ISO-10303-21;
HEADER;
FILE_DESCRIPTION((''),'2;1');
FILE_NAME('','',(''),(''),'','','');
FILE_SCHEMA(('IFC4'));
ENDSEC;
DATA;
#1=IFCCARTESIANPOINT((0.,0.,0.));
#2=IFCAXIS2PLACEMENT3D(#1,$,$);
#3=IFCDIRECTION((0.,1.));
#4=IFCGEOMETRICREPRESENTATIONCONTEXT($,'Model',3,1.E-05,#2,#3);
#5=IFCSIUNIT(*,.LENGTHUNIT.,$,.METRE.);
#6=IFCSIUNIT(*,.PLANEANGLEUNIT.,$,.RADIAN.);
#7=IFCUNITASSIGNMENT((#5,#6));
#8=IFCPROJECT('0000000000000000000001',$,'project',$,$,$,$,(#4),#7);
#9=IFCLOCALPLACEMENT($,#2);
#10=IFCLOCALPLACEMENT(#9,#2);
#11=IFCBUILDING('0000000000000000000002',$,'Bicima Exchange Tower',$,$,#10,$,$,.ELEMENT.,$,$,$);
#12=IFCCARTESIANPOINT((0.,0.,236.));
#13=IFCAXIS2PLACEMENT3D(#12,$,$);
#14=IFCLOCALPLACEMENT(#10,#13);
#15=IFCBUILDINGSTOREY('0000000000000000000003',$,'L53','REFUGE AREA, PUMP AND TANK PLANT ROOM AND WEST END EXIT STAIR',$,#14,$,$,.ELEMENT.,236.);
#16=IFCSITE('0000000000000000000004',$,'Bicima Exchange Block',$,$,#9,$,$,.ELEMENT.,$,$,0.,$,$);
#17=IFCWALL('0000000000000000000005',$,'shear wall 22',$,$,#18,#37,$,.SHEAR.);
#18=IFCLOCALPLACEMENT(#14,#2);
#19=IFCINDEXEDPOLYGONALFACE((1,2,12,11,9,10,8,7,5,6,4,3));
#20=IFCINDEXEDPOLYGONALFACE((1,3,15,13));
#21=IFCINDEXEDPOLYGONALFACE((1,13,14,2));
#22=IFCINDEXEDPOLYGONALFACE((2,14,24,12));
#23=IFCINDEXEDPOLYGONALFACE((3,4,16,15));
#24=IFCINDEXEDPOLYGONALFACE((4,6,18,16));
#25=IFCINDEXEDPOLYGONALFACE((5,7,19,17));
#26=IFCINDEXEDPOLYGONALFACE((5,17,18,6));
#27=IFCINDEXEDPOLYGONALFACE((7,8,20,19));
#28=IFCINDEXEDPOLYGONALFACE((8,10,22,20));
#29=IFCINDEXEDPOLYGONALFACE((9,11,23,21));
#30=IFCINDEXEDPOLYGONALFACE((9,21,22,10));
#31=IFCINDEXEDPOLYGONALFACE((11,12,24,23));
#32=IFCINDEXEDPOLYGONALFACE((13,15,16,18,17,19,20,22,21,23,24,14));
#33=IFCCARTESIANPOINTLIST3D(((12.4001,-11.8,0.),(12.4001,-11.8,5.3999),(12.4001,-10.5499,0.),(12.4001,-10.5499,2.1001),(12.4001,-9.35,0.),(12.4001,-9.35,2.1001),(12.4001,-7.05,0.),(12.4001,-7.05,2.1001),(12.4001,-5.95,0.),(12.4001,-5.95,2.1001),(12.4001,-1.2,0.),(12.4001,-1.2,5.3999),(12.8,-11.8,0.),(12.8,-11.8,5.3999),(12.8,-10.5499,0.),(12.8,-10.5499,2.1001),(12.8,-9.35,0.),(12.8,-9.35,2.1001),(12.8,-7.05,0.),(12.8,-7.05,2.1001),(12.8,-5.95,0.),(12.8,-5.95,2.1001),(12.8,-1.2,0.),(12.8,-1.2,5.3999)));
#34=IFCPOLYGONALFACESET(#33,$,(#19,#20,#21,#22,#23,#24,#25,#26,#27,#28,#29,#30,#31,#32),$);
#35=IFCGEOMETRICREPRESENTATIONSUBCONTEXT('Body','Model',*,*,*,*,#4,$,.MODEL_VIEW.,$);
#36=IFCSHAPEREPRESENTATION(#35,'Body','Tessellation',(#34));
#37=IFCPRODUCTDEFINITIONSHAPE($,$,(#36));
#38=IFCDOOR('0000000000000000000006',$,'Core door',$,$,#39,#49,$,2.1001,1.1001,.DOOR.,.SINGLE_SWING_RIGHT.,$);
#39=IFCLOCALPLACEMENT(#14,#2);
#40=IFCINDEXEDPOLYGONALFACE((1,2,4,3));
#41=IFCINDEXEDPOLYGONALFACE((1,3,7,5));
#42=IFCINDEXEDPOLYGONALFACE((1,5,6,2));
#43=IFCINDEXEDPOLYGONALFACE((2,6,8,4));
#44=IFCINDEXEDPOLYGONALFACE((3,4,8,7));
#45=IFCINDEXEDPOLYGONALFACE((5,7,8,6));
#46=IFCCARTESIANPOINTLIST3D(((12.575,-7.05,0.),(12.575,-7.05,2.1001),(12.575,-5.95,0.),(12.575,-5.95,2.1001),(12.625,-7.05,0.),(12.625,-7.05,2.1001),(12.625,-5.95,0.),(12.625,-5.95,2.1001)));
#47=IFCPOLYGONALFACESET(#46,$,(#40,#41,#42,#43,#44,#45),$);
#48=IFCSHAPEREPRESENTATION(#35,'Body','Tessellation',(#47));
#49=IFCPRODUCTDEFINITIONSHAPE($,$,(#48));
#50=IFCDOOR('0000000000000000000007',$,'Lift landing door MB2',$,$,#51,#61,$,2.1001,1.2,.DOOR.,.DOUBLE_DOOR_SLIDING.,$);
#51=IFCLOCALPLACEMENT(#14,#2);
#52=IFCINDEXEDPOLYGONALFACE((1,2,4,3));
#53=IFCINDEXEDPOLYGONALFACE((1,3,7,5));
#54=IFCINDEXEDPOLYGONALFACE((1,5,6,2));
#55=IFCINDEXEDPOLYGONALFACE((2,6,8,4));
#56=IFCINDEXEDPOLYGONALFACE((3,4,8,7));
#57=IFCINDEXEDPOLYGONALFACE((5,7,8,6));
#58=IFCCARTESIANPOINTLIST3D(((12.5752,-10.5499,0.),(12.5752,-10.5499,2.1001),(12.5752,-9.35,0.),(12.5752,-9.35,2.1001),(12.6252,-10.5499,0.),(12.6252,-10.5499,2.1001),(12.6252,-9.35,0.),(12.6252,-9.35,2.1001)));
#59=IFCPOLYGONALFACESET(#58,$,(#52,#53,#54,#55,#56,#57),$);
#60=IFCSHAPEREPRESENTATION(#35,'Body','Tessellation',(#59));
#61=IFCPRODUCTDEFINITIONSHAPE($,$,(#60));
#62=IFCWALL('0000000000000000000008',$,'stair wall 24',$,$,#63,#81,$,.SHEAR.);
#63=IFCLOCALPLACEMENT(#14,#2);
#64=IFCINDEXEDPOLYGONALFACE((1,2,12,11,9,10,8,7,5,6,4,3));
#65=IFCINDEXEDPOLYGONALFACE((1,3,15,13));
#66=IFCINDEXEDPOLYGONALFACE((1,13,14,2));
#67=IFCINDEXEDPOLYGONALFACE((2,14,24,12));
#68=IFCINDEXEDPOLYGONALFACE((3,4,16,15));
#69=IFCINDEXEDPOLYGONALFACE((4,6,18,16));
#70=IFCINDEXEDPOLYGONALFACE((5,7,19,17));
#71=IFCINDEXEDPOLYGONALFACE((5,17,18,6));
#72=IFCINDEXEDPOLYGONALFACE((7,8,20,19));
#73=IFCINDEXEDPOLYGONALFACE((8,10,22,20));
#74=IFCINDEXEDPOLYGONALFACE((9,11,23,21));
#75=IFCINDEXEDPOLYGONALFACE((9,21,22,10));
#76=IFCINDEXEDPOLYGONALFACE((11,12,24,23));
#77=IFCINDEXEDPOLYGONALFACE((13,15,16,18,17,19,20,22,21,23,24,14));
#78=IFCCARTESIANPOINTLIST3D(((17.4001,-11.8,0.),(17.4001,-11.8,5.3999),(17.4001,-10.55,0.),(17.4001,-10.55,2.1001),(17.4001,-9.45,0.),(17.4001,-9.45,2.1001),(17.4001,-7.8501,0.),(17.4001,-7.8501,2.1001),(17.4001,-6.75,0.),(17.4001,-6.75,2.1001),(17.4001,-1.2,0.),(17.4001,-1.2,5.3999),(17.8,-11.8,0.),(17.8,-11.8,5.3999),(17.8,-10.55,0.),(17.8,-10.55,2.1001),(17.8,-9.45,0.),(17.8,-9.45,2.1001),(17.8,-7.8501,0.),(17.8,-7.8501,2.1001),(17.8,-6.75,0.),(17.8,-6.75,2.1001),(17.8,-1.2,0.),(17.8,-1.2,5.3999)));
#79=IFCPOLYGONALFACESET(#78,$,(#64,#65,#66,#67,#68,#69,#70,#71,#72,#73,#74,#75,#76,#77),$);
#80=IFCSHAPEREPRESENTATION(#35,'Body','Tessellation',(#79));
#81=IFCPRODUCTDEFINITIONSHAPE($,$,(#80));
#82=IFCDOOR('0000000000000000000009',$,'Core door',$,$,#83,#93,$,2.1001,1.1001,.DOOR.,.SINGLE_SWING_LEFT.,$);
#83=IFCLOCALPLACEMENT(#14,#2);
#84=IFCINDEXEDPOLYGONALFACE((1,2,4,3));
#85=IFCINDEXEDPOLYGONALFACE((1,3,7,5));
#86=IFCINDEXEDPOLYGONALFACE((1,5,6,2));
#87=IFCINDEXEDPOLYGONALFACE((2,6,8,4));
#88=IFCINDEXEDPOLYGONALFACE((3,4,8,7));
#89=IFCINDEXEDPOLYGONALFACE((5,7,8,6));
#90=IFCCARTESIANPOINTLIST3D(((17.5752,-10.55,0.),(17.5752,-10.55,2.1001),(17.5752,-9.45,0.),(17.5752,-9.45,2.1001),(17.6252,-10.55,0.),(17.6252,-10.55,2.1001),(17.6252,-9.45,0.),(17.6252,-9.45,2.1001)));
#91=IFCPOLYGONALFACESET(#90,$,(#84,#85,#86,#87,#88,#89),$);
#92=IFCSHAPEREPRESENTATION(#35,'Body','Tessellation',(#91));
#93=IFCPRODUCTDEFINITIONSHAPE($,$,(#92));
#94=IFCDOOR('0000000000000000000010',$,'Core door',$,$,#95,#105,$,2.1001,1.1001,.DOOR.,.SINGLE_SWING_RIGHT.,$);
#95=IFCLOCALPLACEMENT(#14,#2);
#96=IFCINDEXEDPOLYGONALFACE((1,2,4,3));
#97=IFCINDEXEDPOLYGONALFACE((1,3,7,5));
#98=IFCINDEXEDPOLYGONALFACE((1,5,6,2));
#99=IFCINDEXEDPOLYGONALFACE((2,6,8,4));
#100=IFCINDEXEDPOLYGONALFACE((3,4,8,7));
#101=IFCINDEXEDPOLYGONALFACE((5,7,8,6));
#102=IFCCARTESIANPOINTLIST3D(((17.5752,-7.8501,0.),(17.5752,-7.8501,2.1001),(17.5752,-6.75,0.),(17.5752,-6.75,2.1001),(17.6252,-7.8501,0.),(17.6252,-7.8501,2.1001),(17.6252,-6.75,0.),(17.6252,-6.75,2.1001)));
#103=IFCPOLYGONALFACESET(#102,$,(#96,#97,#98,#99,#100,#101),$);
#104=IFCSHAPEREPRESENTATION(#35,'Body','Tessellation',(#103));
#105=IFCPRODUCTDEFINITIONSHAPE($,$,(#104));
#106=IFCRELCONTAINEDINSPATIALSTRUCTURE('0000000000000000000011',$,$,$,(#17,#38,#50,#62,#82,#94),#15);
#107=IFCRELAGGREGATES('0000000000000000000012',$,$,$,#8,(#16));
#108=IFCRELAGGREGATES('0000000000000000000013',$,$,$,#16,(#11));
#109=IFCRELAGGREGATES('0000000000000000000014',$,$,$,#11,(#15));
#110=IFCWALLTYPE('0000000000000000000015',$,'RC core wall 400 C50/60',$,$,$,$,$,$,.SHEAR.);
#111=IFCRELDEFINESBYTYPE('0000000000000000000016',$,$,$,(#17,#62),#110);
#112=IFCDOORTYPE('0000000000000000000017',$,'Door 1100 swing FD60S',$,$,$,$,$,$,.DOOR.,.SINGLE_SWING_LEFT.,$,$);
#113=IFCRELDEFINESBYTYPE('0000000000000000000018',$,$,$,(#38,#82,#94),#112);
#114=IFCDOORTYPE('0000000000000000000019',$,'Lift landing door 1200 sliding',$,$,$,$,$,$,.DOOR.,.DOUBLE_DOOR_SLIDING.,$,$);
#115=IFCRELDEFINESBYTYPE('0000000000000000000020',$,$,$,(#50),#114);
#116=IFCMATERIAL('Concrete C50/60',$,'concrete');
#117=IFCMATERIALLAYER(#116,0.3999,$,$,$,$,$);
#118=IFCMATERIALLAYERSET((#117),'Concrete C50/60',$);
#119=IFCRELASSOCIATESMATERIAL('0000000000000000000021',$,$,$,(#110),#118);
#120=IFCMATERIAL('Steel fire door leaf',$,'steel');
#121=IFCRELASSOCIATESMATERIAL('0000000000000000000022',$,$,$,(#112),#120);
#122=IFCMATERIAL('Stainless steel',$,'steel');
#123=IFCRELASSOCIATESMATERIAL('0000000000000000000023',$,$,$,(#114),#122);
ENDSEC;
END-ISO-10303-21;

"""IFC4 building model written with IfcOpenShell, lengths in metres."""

from ifc_helpers import new_model, si_unit, direction, frame, frame_2d, origin, place, context, subcontext, project, spatial, rectangle, extrude, material, layer, layer_set, type_object, element, fill, save


model = new_model("IFC4")

# Units and contexts
model_context = context("Model", 3, precision=1e-05, world=origin(), true_north=direction((0.0, 1.0)))
body_context = subcontext(model_context, "Body", "Model", "MODEL_VIEW")
ifc_project = project(units=[si_unit("LENGTHUNIT", "METRE"), si_unit("PLANEANGLEUNIT", "RADIAN")], contexts=[model_context])

# Site, building, storey
site_placement = place(None, origin())
site = spatial("IfcSite", under=ifc_project, at=site_placement, Name="Bicima Exchange Block", CompositionType="ELEMENT", RefElevation=0.0)
building_placement = place(site_placement, origin())
building = spatial("IfcBuilding", under=site, at=building_placement, Name="Bicima Exchange Tower", CompositionType="ELEMENT")
storey_placement = place(building_placement, frame((0.0, 0.0, 236.0)))
storey = spatial("IfcBuildingStorey", under=building, at=storey_placement, Name="L53", Description="REFUGE AREA, PUMP AND TANK PLANT ROOM AND WEST END EXIT STAIR", CompositionType="ELEMENT", Elevation=236.0)

# Shared definitions
ifc_material_1 = material(Name="Steel fire door leaf", Category="steel")

# Shared definitions
ifc_material_2 = material(Name="Concrete C50/60", Category="concrete")

# Walls, openings, doors
ifc_layer_1 = layer(ifc_material_2, 0.3999)
ifc_layer_set_1 = layer_set([ifc_layer_1], Name="Concrete C50/60")
wall_type_1 = type_object("IfcWallType", Name="RC core wall 400 C50/60", PredefinedType="SHEAR", material=ifc_layer_set_1)
wall_1_placement = place(storey_placement, frame((12.6001, -11.8, 0.0), z_axis=(0.0, 0.0, 1.0), x_axis=(0.0, 1.0, 0.0)))
wall_1 = element("IfcWall", 1, at=wall_1_placement, inside=storey, type_object=wall_type_1, Name="shear wall 22", PredefinedType="SHEAR", context=body_context, shape_type="SweptSolid", body=[
    extrude(rectangle(XDim=10.6001, YDim=0.3999, at=frame_2d((5.3, 0.0))), origin(), (0.0, 0.0, 1.0), 5.3999),
])
opening_1_placement = place(wall_1_placement, frame((1.25, 0.0, 0.0)))
opening_1 = element("IfcOpeningElement", 2, at=opening_1_placement, cuts=wall_1, PredefinedType="OPENING", context=body_context, shape_type="SweptSolid", body=[
    extrude(rectangle(XDim=1.2, YDim=2.1001, at=frame_2d((0.6001, 1.05))), frame((0.0, 0.2119, 0.0), z_axis=(0.0, -1.0, 0.0), x_axis=(1.0, 0.0, 0.0)), (0.0, 0.0, 1.0), 0.4238),
])
opening_2_placement = place(wall_1_placement, frame((4.75, 0.0, 0.0)))
opening_2 = element("IfcOpeningElement", 3, at=opening_2_placement, cuts=wall_1, PredefinedType="OPENING", context=body_context, shape_type="SweptSolid", body=[
    extrude(rectangle(XDim=1.1001, YDim=2.1001, at=frame_2d((0.55, 1.05))), frame((0.0, 0.2119, 0.0), z_axis=(0.0, -1.0, 0.0), x_axis=(1.0, 0.0, 0.0)), (0.0, 0.0, 1.0), 0.4238),
])
door_type_1 = type_object("IfcDoorType", Name="Door 1100 swing FD60S", OperationType="SINGLE_SWING_LEFT", PredefinedType="DOOR", material=ifc_material_1)
door_1_placement = place(opening_2_placement, frame((1.1001, 0.0, 0.0), z_axis=(0.0, 0.0, 1.0), x_axis=(-1.0, 0.0, 0.0)))
door_1 = element("IfcDoor", 4, at=door_1_placement, inside=storey, type_object=door_type_1, Name="Core door", OperationType="SINGLE_SWING_RIGHT", OverallHeight=2.1001, OverallWidth=1.1001, PredefinedType="DOOR", context=body_context, shape_type="SweptSolid", body=[
    extrude(rectangle(XDim=1.1001, YDim=2.1001, at=frame_2d((0.55, 1.05))), frame((0.0, 0.0249, 0.0), z_axis=(0.0, -1.0, 0.0), x_axis=(1.0, 0.0, 0.0)), (0.0, 0.0, 1.0), 0.05),
])
fill(opening_2, door_1)
ifc_material_3 = material(Name="Stainless steel", Category="steel")
door_type_2 = type_object("IfcDoorType", Name="Lift landing door 1200 sliding", OperationType="DOUBLE_DOOR_SLIDING", PredefinedType="DOOR", material=ifc_material_3)
door_2_placement = place(opening_1_placement, origin())
door_2 = element("IfcDoor", 5, at=door_2_placement, inside=storey, type_object=door_type_2, Name="Lift landing door MB2", OperationType="DOUBLE_DOOR_SLIDING", OverallHeight=2.1001, OverallWidth=1.2, PredefinedType="DOOR", context=body_context, shape_type="SweptSolid", body=[
    extrude(rectangle(XDim=1.2, YDim=2.1001, at=frame_2d((0.6001, 1.05))), frame((0.0, 0.0249, 0.0), z_axis=(0.0, -1.0, 0.0), x_axis=(1.0, 0.0, 0.0)), (0.0, 0.0, 1.0), 0.05),
])
fill(opening_1, door_2)
wall_2_placement = place(storey_placement, frame((17.6001, -11.8, 0.0), z_axis=(0.0, 0.0, 1.0), x_axis=(0.0, 1.0, 0.0)))
wall_2 = element("IfcWall", 6, at=wall_2_placement, inside=storey, type_object=wall_type_1, Name="stair wall 24", PredefinedType="SHEAR", context=body_context, shape_type="SweptSolid", body=[
    extrude(rectangle(XDim=10.6001, YDim=0.3999, at=frame_2d((5.3, 0.0))), origin(), (0.0, 0.0, 1.0), 5.3999),
])
opening_3_placement = place(wall_2_placement, frame((1.25, 0.0, 0.0)))
opening_3 = element("IfcOpeningElement", 7, at=opening_3_placement, cuts=wall_2, PredefinedType="OPENING", context=body_context, shape_type="SweptSolid", body=[
    extrude(rectangle(XDim=1.1001, YDim=2.1001, at=frame_2d((0.55, 1.05))), frame((0.0, 0.2119, 0.0), z_axis=(0.0, -1.0, 0.0), x_axis=(1.0, 0.0, 0.0)), (0.0, 0.0, 1.0), 0.4238),
])
opening_4_placement = place(wall_2_placement, frame((3.95, 0.0, 0.0)))
opening_4 = element("IfcOpeningElement", 8, at=opening_4_placement, cuts=wall_2, PredefinedType="OPENING", context=body_context, shape_type="SweptSolid", body=[
    extrude(rectangle(XDim=1.1001, YDim=2.1001, at=frame_2d((0.55, 1.05))), frame((0.0, 0.2119, 0.0), z_axis=(0.0, -1.0, 0.0), x_axis=(1.0, 0.0, 0.0)), (0.0, 0.0, 1.0), 0.4238),
])
door_3_placement = place(opening_3_placement, origin())
door_3 = element("IfcDoor", 9, at=door_3_placement, inside=storey, type_object=door_type_1, Name="Core door", OperationType="SINGLE_SWING_LEFT", OverallHeight=2.1001, OverallWidth=1.1001, PredefinedType="DOOR", context=body_context, shape_type="SweptSolid", body=[
    extrude(rectangle(XDim=1.1001, YDim=2.1001, at=frame_2d((0.55, 1.05))), frame((0.0, 0.0249, 0.0), z_axis=(0.0, -1.0, 0.0), x_axis=(1.0, 0.0, 0.0)), (0.0, 0.0, 1.0), 0.05),
])
fill(opening_3, door_3)
door_4_placement = place(opening_4_placement, origin())
door_4 = element("IfcDoor", 10, at=door_4_placement, inside=storey, type_object=door_type_1, Name="Core door", OperationType="SINGLE_SWING_RIGHT", OverallHeight=2.1001, OverallWidth=1.1001, PredefinedType="DOOR", context=body_context, shape_type="SweptSolid", body=[
    extrude(rectangle(XDim=1.1001, YDim=2.1001, at=frame_2d((0.55, 1.05))), frame((0.0, 0.0249, 0.0), z_axis=(0.0, -1.0, 0.0), x_axis=(1.0, 0.0, 0.0)), (0.0, 0.0, 1.0), 0.05),
])
fill(opening_4, door_4)

save(model, "model.ifc")
